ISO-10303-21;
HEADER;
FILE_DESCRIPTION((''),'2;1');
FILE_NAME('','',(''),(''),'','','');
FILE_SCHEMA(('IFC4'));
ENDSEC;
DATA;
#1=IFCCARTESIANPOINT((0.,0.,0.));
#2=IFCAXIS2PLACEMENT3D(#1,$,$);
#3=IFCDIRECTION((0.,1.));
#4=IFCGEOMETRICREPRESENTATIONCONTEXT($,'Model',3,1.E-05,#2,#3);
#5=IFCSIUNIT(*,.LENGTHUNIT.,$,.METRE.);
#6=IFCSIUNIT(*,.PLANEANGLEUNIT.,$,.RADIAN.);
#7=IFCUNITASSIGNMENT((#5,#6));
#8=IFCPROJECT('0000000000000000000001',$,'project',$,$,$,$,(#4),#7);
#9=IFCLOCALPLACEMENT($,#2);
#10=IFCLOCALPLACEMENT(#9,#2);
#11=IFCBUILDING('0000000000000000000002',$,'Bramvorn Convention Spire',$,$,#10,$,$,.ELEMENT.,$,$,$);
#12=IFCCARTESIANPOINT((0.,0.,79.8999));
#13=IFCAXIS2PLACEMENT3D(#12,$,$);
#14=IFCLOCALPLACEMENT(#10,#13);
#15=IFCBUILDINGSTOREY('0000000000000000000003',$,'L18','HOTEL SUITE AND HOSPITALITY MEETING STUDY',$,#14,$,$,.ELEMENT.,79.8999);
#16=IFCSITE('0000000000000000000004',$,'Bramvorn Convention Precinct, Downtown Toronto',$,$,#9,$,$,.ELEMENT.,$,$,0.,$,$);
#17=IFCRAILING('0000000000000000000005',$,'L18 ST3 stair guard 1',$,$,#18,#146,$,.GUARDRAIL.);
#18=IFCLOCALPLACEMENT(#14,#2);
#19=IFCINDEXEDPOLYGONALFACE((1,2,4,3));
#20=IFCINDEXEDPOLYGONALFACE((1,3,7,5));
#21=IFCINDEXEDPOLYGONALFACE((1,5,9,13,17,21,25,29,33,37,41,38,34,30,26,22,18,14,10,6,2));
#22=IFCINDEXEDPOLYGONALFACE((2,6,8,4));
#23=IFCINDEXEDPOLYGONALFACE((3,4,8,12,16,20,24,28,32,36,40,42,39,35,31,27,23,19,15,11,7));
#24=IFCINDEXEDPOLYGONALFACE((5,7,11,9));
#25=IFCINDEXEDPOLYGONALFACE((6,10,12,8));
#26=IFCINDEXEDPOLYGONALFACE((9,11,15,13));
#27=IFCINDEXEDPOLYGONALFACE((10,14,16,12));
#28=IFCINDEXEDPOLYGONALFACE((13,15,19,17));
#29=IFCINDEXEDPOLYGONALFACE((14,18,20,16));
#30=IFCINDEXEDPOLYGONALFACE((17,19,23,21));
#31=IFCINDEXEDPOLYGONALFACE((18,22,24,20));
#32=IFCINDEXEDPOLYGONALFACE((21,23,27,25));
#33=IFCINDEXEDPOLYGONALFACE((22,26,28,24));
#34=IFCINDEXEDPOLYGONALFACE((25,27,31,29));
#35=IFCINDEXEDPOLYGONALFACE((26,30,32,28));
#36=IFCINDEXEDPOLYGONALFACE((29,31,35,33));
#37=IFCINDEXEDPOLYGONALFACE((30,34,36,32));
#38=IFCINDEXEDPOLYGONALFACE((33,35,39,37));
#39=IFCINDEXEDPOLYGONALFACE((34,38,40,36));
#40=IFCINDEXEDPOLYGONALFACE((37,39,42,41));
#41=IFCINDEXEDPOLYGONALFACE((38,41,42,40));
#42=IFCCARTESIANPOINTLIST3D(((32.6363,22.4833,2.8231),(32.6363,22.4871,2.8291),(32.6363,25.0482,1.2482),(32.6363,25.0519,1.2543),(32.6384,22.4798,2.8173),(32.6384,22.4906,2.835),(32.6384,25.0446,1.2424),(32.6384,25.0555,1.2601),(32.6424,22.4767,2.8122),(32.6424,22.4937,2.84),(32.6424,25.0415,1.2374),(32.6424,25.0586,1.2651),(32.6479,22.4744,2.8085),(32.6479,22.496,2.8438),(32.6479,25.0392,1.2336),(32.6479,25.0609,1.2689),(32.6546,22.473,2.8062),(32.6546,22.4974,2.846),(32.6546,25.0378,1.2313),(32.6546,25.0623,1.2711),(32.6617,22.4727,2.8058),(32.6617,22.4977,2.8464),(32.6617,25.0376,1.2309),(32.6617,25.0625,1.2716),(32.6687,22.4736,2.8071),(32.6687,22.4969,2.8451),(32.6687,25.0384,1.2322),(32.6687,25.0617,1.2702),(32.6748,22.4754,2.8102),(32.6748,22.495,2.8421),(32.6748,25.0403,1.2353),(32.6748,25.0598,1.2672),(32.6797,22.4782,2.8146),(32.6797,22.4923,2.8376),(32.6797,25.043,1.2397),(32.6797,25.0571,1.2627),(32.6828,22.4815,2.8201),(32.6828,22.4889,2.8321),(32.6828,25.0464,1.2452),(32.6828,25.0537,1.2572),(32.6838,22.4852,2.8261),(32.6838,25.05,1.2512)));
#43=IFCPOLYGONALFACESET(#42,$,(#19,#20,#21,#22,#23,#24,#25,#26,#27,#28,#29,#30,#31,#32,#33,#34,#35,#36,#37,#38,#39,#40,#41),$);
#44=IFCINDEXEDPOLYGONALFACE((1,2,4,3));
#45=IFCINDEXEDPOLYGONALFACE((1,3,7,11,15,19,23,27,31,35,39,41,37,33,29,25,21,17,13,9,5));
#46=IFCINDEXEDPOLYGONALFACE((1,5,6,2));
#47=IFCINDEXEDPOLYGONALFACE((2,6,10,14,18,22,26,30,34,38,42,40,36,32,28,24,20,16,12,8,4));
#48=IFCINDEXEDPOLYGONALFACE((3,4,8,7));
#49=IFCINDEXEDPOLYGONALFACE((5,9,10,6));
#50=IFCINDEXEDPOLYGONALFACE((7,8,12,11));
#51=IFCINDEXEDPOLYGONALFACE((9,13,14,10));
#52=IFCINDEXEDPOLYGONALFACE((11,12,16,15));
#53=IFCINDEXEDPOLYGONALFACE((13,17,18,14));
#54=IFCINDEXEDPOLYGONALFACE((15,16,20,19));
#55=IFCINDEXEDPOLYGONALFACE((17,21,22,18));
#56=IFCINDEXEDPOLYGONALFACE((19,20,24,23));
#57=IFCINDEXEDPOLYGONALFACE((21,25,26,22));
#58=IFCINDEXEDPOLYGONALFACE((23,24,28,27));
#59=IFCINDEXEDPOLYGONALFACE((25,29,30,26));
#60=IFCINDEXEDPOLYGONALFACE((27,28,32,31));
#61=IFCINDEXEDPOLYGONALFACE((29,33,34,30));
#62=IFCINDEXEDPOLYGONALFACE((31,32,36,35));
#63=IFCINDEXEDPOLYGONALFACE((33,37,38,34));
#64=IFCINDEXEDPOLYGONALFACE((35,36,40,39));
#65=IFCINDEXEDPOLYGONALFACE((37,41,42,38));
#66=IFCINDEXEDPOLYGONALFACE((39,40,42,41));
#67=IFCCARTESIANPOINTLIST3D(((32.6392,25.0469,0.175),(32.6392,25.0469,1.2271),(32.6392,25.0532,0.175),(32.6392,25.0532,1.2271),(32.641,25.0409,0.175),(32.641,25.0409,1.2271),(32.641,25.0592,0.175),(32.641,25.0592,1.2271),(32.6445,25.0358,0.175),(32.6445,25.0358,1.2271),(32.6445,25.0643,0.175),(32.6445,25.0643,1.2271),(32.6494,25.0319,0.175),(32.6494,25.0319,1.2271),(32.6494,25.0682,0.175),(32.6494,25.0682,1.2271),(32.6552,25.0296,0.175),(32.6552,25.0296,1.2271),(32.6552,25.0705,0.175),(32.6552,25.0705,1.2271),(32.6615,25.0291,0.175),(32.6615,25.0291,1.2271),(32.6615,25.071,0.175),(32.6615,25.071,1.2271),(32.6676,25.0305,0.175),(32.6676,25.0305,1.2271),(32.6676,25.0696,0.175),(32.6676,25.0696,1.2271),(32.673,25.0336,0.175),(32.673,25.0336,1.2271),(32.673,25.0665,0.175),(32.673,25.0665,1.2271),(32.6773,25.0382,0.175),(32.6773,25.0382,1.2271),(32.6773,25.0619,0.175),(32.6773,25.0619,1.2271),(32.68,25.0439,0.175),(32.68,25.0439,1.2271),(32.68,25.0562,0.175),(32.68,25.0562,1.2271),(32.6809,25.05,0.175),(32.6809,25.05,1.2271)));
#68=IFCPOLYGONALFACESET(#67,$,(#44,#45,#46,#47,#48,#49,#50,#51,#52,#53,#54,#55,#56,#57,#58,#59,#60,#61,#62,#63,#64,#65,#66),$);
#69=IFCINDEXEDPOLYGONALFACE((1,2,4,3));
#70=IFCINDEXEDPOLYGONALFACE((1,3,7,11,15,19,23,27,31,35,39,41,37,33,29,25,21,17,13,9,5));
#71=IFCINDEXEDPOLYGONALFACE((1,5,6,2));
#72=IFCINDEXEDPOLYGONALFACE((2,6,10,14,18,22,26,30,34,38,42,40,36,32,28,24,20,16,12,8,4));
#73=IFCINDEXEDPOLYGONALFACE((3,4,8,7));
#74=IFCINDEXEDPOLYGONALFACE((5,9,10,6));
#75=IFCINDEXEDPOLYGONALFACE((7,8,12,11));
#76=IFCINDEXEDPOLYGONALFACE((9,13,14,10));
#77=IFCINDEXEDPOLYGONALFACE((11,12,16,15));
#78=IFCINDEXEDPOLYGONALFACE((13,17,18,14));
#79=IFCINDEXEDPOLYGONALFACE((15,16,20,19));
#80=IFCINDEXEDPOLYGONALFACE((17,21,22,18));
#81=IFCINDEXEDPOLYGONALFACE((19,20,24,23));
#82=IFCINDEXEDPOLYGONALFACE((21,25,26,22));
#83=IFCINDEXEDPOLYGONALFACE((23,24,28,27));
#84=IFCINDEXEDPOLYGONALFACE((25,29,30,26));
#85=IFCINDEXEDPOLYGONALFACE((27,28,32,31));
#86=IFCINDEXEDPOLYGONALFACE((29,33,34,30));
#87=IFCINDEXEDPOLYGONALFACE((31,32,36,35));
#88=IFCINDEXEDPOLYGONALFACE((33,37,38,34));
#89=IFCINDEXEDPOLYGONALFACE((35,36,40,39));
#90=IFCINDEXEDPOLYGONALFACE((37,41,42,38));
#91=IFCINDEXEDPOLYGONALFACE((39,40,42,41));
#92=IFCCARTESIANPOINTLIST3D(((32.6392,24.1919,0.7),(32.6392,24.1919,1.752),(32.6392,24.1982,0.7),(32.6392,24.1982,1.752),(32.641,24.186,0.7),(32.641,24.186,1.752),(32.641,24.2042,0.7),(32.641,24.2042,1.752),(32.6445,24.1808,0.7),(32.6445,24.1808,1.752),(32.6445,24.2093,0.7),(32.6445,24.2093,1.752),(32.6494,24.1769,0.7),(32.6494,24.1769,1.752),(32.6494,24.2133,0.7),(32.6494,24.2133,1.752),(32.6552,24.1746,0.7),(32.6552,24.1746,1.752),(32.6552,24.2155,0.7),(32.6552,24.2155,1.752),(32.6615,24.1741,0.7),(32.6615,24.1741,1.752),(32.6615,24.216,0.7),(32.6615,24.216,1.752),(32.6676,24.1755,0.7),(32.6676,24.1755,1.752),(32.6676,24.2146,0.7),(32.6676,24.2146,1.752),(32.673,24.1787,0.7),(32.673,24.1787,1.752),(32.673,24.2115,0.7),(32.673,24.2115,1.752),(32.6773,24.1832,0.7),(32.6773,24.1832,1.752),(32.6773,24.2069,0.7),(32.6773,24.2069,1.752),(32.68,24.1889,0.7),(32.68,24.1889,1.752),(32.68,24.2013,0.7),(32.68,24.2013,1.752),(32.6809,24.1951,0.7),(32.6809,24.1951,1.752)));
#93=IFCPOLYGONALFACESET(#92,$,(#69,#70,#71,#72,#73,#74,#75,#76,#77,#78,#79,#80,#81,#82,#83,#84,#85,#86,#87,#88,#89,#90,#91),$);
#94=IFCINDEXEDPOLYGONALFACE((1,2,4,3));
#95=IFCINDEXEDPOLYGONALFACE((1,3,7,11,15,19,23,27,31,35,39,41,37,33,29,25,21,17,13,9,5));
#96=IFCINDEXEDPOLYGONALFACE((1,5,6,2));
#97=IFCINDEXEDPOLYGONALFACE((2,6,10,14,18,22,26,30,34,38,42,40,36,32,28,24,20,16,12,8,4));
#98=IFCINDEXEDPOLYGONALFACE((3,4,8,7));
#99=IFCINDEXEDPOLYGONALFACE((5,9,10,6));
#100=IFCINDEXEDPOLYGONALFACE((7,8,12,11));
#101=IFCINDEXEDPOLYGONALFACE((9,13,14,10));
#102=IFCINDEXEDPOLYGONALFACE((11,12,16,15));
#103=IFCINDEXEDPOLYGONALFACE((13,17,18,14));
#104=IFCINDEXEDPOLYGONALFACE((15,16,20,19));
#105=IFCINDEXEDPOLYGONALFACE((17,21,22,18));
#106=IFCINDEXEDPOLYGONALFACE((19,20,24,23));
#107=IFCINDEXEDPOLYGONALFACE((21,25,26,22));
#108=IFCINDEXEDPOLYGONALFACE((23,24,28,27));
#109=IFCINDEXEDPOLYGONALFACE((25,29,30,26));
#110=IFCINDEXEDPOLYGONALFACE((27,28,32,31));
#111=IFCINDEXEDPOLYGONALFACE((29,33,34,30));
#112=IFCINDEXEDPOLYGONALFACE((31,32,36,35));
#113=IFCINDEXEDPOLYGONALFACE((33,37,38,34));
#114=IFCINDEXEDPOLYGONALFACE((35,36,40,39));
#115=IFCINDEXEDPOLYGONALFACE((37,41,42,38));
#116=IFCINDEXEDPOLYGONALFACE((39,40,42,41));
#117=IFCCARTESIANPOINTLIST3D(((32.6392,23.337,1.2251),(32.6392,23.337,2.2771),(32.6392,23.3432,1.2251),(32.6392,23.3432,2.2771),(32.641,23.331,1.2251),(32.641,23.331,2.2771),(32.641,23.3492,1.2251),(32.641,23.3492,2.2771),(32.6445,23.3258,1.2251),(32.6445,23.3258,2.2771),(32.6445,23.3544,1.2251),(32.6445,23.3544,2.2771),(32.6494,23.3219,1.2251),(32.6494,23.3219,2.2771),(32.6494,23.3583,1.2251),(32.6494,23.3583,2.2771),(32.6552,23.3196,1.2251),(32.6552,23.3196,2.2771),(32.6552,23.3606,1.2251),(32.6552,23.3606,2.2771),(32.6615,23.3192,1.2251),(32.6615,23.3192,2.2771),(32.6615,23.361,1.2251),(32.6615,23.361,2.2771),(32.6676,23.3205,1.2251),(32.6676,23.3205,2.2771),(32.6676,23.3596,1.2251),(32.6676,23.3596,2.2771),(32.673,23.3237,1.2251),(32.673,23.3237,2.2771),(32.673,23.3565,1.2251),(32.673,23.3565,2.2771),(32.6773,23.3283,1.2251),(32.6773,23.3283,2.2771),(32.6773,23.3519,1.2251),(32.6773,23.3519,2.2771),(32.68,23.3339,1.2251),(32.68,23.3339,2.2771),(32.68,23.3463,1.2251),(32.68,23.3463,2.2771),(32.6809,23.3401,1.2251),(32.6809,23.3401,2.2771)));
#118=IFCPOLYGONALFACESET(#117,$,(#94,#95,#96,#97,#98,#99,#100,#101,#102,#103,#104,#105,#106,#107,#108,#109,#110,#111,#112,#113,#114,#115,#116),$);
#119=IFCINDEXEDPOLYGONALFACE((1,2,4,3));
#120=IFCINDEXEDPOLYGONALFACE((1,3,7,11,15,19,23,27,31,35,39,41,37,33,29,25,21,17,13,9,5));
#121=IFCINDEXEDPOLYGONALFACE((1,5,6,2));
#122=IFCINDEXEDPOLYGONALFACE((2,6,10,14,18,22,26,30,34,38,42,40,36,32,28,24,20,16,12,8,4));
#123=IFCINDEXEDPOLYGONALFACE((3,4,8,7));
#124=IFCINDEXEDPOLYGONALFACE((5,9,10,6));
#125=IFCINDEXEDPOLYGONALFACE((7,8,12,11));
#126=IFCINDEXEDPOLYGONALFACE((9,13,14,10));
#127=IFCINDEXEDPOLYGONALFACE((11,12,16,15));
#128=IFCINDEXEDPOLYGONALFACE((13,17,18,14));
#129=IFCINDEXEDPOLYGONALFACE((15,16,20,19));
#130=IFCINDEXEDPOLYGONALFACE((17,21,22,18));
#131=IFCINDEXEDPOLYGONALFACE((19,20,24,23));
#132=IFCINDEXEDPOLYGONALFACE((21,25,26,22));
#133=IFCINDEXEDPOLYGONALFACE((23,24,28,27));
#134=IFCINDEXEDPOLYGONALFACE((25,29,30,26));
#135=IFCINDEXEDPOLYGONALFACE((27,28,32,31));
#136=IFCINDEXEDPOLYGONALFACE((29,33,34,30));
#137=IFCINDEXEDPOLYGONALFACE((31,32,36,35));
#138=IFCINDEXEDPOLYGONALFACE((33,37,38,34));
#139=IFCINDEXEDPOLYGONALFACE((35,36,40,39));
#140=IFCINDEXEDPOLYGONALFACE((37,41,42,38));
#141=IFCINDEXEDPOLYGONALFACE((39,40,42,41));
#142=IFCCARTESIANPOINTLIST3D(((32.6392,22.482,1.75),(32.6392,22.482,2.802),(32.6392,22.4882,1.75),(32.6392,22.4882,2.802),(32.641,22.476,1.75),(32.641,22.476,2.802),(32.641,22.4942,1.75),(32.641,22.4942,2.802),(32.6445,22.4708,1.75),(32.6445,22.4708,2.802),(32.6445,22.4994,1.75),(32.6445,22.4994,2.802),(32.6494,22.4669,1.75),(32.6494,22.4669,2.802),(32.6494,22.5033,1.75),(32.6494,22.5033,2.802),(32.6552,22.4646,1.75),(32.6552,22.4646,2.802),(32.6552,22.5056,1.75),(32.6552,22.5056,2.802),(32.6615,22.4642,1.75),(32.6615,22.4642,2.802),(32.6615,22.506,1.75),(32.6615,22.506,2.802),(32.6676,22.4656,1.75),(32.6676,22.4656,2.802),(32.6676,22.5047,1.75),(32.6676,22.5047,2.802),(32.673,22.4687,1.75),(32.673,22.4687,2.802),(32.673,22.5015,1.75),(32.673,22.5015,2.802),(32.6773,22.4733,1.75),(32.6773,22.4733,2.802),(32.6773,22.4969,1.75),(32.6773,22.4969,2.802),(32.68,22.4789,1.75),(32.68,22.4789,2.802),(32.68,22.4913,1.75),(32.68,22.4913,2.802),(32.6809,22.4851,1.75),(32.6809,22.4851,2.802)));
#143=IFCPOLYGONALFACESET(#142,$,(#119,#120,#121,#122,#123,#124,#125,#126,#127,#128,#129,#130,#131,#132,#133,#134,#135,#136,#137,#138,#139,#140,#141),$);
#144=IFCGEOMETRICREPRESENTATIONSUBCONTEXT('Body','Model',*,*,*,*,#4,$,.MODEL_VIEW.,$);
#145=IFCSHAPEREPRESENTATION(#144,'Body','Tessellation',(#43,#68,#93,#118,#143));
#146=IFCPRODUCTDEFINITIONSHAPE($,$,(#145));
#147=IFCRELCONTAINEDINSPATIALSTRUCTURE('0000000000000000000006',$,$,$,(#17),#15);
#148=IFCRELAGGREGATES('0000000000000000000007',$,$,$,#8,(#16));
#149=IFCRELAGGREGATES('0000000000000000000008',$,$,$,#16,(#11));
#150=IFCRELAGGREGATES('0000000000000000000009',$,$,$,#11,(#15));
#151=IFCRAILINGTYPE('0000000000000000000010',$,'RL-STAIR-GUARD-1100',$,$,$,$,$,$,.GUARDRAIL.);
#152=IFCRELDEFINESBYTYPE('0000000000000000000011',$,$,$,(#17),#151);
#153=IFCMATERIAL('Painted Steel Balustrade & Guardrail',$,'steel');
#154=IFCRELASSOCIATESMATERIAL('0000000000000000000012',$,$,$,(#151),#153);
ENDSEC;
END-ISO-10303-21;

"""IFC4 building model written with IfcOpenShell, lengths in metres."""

from ifc_helpers import new_model, si_unit, direction, frame, origin, origin_2d, place, context, subcontext, project, spatial, circle, extrude, material, type_object, element, save


model = new_model("IFC4")

# Units and contexts
model_context = context("Model", 3, precision=1e-05, world=origin(), true_north=direction((0.0, 1.0)))
body_context = subcontext(model_context, "Body", "Model", "MODEL_VIEW")
ifc_project = project(units=[si_unit("LENGTHUNIT", "METRE"), si_unit("PLANEANGLEUNIT", "RADIAN")], contexts=[model_context])

# Site, building, storey
site_placement = place(None, origin())
site = spatial("IfcSite", under=ifc_project, at=site_placement, Name="Bramvorn Convention Precinct, Downtown Toronto", CompositionType="ELEMENT", RefElevation=0.0)
building_placement = place(site_placement, origin())
building = spatial("IfcBuilding", under=site, at=building_placement, Name="Bramvorn Convention Spire", CompositionType="ELEMENT")
storey_placement = place(building_placement, frame((0.0, 0.0, 79.8999)))
storey = spatial("IfcBuildingStorey", under=building, at=storey_placement, Name="L18", Description="HOTEL SUITE AND HOSPITALITY MEETING STUDY", CompositionType="ELEMENT", Elevation=79.8999)

# Railing
ifc_material_1 = material(Name="Painted Steel Balustrade & Guardrail", Category="steel")
railing_type_1 = type_object("IfcRailingType", Name="RL-STAIR-GUARD-1100", PredefinedType="GUARDRAIL", material=ifc_material_1)
railing_1_placement = place(storey_placement, frame((32.6599, 25.05, 0.175)))
element("IfcRailing", 1, at=railing_1_placement, inside=storey, type_object=railing_type_1, Name="L18 ST3 stair guard 1", PredefinedType="GUARDRAIL", context=body_context, shape_type="SweptSolid", body=[
    extrude(circle(Radius=0.0239, at=origin_2d()), frame((0.0, 0.0, 1.0762), z_axis=(0.0, -0.852173, 0.52326), x_axis=(1.0, 0.0, 0.0)), (0.0, 0.0, 1.0), 3.0098),
    extrude(circle(Radius=0.021, at=origin_2d()), origin(), (0.0, 0.0, 1.0), 1.052),
    extrude(circle(Radius=0.021, at=origin_2d()), frame((0.0, -0.855, 0.5249)), (0.0, 0.0, 1.0), 1.052),
    extrude(circle(Radius=0.021, at=origin_2d()), frame((0.0, -1.71, 1.05)), (0.0, 0.0, 1.0), 1.052),
    extrude(circle(Radius=0.021, at=origin_2d()), frame((0.0, -2.5649, 1.575)), (0.0, 0.0, 1.0), 1.052),
])

save(model, "model.ifc")
